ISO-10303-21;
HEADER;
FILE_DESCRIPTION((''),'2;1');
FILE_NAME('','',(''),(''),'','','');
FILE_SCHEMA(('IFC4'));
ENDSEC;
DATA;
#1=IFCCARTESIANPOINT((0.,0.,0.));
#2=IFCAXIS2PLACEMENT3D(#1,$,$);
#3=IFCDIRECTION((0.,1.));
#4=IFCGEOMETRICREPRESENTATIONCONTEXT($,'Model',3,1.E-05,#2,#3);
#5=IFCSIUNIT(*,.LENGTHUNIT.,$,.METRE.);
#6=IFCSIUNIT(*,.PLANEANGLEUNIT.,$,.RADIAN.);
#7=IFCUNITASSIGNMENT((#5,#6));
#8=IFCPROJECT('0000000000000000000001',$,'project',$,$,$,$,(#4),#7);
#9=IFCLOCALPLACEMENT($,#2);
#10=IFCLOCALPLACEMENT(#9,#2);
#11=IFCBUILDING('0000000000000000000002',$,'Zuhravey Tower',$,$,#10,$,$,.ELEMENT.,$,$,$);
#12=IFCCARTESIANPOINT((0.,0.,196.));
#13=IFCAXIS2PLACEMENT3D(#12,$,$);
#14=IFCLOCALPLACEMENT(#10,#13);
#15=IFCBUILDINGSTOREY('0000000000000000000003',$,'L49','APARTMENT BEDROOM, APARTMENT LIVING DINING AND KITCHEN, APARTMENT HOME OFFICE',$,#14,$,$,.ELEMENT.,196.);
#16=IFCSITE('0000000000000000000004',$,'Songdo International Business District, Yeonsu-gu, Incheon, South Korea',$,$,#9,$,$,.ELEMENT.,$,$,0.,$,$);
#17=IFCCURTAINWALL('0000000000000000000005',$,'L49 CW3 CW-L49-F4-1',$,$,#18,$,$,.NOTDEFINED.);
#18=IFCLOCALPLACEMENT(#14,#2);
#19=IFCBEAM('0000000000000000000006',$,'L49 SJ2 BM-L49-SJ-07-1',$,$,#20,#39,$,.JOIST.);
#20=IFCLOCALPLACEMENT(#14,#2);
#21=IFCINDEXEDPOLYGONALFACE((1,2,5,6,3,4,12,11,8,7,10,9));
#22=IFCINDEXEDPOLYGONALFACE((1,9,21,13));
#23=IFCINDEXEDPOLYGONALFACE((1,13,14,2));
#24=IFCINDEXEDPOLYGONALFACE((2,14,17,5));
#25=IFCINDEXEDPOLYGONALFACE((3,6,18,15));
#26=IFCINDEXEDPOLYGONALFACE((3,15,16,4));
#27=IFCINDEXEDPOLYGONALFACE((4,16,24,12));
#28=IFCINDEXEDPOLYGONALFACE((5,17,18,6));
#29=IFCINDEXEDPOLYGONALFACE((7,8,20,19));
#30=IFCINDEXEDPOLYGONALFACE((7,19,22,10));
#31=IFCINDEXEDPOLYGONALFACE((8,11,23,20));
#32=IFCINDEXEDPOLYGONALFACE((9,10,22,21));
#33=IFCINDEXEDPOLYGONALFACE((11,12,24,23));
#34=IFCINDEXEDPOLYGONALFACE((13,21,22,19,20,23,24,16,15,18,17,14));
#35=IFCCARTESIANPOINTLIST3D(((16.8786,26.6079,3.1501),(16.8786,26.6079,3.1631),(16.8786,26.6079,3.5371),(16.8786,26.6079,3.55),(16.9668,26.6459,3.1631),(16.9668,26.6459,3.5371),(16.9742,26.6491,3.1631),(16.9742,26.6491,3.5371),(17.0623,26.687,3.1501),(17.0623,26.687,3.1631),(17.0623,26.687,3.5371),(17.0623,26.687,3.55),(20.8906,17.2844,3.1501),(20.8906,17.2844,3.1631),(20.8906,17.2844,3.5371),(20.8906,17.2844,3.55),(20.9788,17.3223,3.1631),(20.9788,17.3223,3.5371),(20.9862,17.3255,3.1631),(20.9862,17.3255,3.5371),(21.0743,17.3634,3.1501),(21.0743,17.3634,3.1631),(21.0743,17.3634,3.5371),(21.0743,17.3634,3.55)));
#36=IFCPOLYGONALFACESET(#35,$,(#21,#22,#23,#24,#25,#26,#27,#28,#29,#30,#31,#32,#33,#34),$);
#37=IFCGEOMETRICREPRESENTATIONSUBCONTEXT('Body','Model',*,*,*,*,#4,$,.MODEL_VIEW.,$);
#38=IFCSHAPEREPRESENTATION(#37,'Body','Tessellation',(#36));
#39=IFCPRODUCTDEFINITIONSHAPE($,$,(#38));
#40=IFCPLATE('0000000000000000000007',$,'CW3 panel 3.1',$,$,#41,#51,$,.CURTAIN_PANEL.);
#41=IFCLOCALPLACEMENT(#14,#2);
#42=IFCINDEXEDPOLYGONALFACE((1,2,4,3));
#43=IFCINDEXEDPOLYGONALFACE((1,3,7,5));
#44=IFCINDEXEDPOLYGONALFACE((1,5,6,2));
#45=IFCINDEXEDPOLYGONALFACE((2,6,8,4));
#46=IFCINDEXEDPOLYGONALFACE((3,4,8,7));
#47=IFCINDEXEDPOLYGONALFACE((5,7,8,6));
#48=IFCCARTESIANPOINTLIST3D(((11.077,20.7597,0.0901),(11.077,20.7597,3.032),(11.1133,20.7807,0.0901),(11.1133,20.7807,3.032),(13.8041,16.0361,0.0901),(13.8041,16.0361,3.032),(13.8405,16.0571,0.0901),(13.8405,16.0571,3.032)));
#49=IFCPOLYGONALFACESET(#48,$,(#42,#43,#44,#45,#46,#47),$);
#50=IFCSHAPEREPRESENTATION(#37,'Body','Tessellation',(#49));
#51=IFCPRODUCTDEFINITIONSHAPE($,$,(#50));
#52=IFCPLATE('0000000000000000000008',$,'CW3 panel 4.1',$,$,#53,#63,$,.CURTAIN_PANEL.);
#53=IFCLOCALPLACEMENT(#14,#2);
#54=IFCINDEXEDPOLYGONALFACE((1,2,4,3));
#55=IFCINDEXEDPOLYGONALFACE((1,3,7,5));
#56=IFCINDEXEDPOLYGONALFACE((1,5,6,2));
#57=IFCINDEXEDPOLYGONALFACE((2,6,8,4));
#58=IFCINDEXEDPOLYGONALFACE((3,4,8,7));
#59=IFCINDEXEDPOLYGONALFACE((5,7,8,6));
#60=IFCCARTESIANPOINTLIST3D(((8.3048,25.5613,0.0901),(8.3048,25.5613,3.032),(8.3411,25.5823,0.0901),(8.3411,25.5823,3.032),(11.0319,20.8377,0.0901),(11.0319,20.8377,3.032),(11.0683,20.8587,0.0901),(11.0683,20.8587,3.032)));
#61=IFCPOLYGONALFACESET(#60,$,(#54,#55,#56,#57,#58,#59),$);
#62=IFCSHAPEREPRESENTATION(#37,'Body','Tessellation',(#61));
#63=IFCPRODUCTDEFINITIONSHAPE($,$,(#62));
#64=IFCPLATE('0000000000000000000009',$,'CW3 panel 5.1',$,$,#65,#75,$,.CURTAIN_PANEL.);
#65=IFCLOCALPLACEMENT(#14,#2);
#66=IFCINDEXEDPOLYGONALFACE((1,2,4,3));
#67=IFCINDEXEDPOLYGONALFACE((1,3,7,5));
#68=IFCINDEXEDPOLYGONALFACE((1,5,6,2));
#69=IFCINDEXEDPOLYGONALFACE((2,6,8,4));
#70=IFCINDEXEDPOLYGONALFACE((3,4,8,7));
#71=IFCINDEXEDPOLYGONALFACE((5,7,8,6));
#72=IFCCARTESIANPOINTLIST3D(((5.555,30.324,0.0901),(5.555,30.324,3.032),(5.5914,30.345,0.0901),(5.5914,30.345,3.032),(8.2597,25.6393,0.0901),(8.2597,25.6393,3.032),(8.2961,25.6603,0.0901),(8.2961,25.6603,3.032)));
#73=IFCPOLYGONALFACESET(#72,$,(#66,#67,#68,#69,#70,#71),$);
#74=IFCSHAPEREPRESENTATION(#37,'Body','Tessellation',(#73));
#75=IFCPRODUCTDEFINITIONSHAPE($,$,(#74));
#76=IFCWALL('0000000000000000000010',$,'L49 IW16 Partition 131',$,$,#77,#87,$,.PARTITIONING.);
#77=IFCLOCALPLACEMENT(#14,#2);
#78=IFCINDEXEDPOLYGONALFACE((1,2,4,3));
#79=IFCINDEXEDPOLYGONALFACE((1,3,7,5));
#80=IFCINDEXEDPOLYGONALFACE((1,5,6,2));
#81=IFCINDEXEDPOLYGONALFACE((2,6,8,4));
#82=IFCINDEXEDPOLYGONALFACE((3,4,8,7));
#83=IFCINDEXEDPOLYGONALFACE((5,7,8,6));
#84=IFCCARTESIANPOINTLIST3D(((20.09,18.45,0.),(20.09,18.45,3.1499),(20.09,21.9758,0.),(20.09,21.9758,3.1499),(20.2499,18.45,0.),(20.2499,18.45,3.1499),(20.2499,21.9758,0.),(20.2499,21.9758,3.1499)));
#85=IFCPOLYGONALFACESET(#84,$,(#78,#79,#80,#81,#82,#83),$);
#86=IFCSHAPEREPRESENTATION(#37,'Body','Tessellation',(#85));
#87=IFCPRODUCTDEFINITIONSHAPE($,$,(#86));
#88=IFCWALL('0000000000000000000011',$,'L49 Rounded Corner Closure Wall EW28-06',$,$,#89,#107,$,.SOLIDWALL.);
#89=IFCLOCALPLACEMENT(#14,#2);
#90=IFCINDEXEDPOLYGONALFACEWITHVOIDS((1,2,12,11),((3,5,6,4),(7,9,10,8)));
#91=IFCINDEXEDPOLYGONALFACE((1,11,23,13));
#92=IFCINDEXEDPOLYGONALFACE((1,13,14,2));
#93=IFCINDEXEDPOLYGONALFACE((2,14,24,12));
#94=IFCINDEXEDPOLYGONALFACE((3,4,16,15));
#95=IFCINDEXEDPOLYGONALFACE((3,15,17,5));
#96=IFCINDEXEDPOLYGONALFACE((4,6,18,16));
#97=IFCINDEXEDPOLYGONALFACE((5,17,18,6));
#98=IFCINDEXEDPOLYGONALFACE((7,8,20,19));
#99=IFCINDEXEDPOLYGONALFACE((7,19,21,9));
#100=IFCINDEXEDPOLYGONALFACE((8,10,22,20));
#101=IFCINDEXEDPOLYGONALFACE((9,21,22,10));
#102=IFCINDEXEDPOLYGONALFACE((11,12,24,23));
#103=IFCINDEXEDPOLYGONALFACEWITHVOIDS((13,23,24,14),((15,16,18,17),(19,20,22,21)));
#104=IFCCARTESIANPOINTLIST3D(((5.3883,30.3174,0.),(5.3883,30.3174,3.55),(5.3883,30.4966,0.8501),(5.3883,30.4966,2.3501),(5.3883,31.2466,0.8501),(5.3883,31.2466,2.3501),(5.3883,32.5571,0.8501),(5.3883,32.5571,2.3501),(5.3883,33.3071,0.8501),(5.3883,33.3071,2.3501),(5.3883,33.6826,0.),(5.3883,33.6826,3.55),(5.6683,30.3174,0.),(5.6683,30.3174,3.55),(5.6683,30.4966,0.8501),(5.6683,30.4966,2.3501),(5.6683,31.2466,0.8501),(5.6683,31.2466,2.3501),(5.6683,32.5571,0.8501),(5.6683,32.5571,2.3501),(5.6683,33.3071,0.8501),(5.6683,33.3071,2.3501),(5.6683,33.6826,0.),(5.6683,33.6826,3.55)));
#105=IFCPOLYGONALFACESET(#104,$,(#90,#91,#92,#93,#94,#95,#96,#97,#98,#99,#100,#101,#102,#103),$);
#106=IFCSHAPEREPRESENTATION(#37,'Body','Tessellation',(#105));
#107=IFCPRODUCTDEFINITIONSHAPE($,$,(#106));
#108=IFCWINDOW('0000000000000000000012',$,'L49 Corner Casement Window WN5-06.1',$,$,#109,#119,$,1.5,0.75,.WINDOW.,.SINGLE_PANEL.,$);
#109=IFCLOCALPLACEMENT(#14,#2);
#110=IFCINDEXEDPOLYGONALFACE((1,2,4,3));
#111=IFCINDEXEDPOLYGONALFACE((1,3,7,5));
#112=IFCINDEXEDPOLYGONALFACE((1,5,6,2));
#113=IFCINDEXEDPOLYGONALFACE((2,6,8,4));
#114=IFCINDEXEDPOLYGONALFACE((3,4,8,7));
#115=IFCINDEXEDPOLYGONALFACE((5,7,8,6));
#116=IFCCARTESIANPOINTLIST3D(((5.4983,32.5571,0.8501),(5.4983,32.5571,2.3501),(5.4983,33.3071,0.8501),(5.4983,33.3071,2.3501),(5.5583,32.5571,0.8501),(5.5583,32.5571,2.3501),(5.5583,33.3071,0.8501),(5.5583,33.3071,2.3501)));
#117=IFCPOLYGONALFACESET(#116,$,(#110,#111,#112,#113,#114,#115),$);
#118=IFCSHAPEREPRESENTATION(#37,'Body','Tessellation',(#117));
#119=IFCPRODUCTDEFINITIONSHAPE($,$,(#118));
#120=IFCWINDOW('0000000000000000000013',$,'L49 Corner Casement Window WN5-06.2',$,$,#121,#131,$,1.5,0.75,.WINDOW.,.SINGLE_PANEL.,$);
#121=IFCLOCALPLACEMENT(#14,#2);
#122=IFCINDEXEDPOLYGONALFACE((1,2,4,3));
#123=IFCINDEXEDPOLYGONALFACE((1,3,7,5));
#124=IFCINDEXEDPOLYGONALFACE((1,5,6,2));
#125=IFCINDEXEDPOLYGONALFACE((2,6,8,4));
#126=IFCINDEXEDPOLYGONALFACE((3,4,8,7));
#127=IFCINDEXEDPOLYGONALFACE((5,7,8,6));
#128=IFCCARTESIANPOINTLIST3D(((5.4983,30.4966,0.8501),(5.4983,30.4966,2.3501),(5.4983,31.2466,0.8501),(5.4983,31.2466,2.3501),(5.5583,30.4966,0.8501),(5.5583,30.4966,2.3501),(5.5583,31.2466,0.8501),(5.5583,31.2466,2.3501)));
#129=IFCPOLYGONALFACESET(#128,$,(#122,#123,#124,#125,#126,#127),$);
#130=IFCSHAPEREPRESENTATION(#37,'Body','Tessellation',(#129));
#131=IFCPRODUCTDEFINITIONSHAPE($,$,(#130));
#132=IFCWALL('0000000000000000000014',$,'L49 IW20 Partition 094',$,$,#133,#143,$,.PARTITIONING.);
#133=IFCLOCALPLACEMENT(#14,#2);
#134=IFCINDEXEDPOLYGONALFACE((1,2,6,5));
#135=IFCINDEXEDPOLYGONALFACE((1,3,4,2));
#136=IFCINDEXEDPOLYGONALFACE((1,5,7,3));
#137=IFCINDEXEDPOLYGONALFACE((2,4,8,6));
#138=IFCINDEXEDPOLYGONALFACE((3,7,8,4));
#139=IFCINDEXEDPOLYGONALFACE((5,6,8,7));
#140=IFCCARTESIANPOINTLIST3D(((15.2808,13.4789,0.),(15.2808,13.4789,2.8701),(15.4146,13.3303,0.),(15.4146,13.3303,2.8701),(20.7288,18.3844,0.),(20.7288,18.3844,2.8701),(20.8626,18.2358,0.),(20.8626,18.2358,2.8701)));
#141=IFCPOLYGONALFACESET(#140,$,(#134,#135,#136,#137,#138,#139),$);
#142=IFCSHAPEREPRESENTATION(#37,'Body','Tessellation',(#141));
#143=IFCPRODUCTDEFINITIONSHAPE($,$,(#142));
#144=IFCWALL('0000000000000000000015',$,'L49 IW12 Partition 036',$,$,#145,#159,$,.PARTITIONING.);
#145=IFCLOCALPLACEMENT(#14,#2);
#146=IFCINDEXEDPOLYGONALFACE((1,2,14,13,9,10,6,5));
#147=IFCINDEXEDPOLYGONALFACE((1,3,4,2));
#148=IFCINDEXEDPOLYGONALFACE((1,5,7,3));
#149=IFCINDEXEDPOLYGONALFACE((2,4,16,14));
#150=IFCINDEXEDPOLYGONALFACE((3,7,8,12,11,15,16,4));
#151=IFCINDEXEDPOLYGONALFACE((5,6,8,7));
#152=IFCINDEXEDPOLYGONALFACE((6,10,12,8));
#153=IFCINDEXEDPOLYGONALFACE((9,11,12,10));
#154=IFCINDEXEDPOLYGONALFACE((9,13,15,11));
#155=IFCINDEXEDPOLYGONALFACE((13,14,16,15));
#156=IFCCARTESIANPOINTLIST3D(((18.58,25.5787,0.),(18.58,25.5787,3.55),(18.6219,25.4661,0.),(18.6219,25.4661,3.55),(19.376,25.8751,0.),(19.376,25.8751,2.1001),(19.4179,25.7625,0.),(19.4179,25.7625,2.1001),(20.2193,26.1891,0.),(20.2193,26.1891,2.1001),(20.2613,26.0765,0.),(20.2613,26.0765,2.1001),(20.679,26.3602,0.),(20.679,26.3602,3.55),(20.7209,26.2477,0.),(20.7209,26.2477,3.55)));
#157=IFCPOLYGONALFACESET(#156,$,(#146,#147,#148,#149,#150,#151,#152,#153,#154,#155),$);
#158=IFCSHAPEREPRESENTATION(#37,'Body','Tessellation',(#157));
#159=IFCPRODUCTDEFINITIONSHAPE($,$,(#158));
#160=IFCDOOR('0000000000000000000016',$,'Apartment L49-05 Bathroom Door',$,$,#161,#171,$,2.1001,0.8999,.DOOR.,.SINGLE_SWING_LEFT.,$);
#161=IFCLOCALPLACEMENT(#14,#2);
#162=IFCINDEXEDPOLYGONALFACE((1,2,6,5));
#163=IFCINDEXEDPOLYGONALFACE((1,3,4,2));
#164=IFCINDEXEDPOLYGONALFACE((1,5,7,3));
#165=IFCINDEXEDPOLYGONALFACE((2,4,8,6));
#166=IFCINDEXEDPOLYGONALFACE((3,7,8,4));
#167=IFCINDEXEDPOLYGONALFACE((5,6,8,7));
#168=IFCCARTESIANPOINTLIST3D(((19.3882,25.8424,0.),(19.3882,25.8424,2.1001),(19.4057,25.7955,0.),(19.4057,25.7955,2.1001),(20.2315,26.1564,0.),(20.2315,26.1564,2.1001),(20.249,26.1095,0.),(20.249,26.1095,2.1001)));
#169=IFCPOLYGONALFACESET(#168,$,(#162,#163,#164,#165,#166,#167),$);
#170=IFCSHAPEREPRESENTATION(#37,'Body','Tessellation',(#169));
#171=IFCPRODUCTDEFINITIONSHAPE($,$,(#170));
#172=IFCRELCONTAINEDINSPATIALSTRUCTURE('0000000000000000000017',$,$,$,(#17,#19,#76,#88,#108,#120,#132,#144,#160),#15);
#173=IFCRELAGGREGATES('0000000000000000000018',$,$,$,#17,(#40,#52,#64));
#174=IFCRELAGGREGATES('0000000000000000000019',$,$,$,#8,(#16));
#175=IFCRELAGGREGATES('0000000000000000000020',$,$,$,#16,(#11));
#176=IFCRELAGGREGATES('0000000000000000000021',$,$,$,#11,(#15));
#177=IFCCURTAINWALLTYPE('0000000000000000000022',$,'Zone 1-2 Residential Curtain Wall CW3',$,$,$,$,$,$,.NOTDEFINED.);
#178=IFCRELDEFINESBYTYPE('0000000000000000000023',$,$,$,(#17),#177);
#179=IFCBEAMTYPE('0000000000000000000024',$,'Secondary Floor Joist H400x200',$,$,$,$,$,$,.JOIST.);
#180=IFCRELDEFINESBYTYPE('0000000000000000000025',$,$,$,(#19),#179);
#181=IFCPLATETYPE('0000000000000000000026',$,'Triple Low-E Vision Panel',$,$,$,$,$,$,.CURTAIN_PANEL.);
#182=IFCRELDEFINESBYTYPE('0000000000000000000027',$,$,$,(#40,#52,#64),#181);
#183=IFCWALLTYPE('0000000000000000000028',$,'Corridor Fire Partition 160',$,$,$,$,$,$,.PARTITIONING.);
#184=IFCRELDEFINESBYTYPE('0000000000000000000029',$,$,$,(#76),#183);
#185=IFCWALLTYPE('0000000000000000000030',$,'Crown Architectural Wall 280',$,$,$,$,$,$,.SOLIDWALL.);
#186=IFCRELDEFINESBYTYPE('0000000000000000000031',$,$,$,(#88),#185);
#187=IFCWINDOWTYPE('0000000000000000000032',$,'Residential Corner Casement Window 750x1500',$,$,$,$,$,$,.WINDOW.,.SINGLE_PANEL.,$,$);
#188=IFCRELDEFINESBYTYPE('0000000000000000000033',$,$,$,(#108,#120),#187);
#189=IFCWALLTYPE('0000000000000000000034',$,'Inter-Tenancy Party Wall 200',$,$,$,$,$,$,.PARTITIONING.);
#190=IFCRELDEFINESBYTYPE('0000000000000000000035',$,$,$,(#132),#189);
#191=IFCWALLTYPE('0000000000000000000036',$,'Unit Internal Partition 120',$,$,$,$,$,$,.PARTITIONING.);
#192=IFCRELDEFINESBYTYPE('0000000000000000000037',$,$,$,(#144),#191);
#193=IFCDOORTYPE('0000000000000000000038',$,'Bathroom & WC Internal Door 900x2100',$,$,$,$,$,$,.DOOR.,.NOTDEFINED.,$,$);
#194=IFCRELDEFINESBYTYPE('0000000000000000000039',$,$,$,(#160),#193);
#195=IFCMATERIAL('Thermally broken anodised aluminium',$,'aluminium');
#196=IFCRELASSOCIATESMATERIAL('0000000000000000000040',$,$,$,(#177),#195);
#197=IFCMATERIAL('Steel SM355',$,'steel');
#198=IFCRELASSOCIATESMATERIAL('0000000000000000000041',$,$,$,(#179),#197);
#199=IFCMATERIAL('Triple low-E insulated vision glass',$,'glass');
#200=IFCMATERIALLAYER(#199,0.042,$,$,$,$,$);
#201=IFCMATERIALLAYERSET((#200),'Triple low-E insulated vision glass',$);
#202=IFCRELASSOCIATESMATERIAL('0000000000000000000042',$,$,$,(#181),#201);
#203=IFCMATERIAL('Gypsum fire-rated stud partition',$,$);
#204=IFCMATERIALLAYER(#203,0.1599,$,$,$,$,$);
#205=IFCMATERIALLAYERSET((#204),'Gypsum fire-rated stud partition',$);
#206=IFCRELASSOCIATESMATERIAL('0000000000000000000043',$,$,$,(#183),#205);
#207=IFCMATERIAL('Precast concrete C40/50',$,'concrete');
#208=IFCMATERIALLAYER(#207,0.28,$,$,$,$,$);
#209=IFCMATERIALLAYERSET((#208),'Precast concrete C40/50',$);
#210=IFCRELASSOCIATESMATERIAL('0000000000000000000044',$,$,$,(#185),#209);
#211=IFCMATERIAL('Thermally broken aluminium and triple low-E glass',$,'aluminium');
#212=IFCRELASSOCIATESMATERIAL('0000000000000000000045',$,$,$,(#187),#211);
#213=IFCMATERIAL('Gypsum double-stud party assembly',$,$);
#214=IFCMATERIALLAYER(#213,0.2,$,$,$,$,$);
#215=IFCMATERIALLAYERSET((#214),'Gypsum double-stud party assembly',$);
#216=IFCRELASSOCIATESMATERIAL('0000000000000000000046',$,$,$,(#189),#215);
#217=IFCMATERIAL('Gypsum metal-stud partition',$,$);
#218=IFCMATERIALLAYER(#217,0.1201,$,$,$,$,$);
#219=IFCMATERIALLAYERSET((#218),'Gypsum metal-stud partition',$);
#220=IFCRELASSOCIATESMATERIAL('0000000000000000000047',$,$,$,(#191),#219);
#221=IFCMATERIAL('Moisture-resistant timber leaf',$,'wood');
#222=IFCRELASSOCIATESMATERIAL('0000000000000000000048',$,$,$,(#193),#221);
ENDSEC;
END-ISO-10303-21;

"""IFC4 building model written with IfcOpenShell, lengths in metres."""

from ifc_helpers import new_model, si_unit, direction, frame, frame_2d, origin, origin_2d, place, context, subcontext, project, spatial, rectangle, i_section, extrude, material, layer, layer_set, material_profile, profile_set, type_object, element, fill, aggregate, save


model = new_model("IFC4")

# Units and contexts
model_context = context("Model", 3, precision=1e-05, world=origin(), true_north=direction((0.0, 1.0)))
body_context = subcontext(model_context, "Body", "Model", "MODEL_VIEW")
ifc_project = project(units=[si_unit("LENGTHUNIT", "METRE"), si_unit("PLANEANGLEUNIT", "RADIAN")], contexts=[model_context])

# Site, building, storey
site_placement = place(None, origin())
site = spatial("IfcSite", under=ifc_project, at=site_placement, Name="Songdo International Business District, Yeonsu-gu, Incheon, South Korea", CompositionType="ELEMENT", RefElevation=0.0)
building_placement = place(site_placement, origin())
building = spatial("IfcBuilding", under=site, at=building_placement, Name="Zuhravey Tower", CompositionType="ELEMENT")
storey_placement = place(building_placement, frame((0.0, 0.0, 196.0)))
storey = spatial("IfcBuildingStorey", under=building, at=storey_placement, Name="L49", Description="APARTMENT BEDROOM, APARTMENT LIVING DINING AND KITCHEN, APARTMENT HOME OFFICE", CompositionType="ELEMENT", Elevation=196.0)

# Curtain wall
ifc_material_1 = material(Name="Thermally broken anodised aluminium", Category="aluminium")
curtain_wall_type = type_object("IfcCurtainWallType", Name="Zone 1-2 Residential Curtain Wall CW3", PredefinedType="NOTDEFINED", material=ifc_material_1)
curtain_wall_placement = place(storey_placement, origin())
curtain_wall = element("IfcCurtainWall", 1, at=curtain_wall_placement, inside=storey, type_object=curtain_wall_type, Name="L49 CW3 CW-L49-F4-1", PredefinedType="NOTDEFINED")

# Beam
ifc_material_2 = material(Name="Steel SM355", Category="steel")
ifc_material_profile_1 = material_profile(ifc_material_2, i_section(OverallWidth=0.2, OverallDepth=0.3999, WebThickness=0.0081, FlangeThickness=0.0129, at=origin_2d()), Name="H-400x200x8x13")
ifc_profile_set_1 = profile_set([ifc_material_profile_1], Name="Steel SM355")
beam_type_1 = type_object("IfcBeamType", Name="Secondary Floor Joist H400x200", PredefinedType="JOIST", material=ifc_profile_set_1)
beam_1_placement = place(storey_placement, frame((16.9705, 26.6475, 3.3501), z_axis=(0.395266, -0.918567, 0.0), x_axis=(0.918567, 0.395266, 0.0)))
element("IfcBeam", 2, at=beam_1_placement, inside=storey, type_object=beam_type_1, Name="L49 SJ2 BM-L49-SJ-07-1", PredefinedType="JOIST", context=body_context, shape_type="SweptSolid", body=[
    extrude(i_section(OverallWidth=0.2, OverallDepth=0.3999, WebThickness=0.0081, FlangeThickness=0.0129, at=origin_2d()), origin(), (0.0, 0.0, 1.0), 10.1501),
])

# Plates
ifc_material_3 = material(Name="Triple low-E insulated vision glass", Category="glass")
ifc_layer_1 = layer(ifc_material_3, 0.042)
ifc_layer_set_1 = layer_set([ifc_layer_1], Name="Triple low-E insulated vision glass")
plate_type = type_object("IfcPlateType", Name="Triple Low-E Vision Panel", PredefinedType="CURTAIN_PANEL", material=ifc_layer_set_1)
plate_1_placement = place(storey_placement, frame((12.4587, 18.4084, 0.0901), z_axis=(0.0, 0.0, 1.0), x_axis=(-0.5, 0.866025, 0.0)))
plate_1 = element("IfcPlate", 3, at=plate_1_placement, type_object=plate_type, Name="CW3 panel 3.1", PredefinedType="CURTAIN_PANEL", context=body_context, shape_type="SweptSolid", body=[
    extrude(rectangle(XDim=5.4543, YDim=0.042, at=origin_2d()), origin(), (0.0, 0.0, 1.0), 2.9419),
])
plate_2_placement = place(storey_placement, frame((9.6865, 23.21, 0.0901), z_axis=(0.0, 0.0, 1.0), x_axis=(-0.5, 0.866025, 0.0)))
plate_2 = element("IfcPlate", 4, at=plate_2_placement, type_object=plate_type, Name="CW3 panel 4.1", PredefinedType="CURTAIN_PANEL", context=body_context, shape_type="SweptSolid", body=[
    extrude(rectangle(XDim=5.4543, YDim=0.042, at=origin_2d()), origin(), (0.0, 0.0, 1.0), 2.9419),
])
plate_3_placement = place(storey_placement, frame((6.9255, 27.9922, 0.0901), z_axis=(0.0, 0.0, 1.0), x_axis=(-0.5, 0.866025, 0.0)))
plate_3 = element("IfcPlate", 5, at=plate_3_placement, type_object=plate_type, Name="CW3 panel 5.1", PredefinedType="CURTAIN_PANEL", context=body_context, shape_type="SweptSolid", body=[
    extrude(rectangle(XDim=5.4094, YDim=0.042, at=origin_2d()), origin(), (0.0, 0.0, 1.0), 2.9419),
])
aggregate(curtain_wall, [plate_1, plate_2, plate_3])

# Shared definitions
ifc_material_4 = material(Name="Gypsum fire-rated stud partition")
ifc_layer_2 = layer(ifc_material_4, 0.1599)
ifc_layer_set_2 = layer_set([ifc_layer_2], Name="Gypsum fire-rated stud partition")
wall_type_1 = type_object("IfcWallType", Name="Corridor Fire Partition 160", PredefinedType="PARTITIONING", material=ifc_layer_set_2)

# Wall
wall_1_placement = place(storey_placement, frame((20.1699, 21.9758, 0.0), z_axis=(0.0, 0.0, 1.0), x_axis=(0.0, -1.0, 0.0)))
element("IfcWall", 6, at=wall_1_placement, inside=storey, type_object=wall_type_1, Name="L49 IW16 Partition 131", PredefinedType="PARTITIONING", context=body_context, shape_type="SweptSolid", body=[
    extrude(rectangle(XDim=3.5259, YDim=0.1599, at=frame_2d((1.7629, 0.0))), origin(), (0.0, 0.0, 1.0), 3.1499),
])

# Wall, openings, windows
ifc_material_5 = material(Name="Precast concrete C40/50", Category="concrete")
ifc_layer_3 = layer(ifc_material_5, 0.28)
ifc_layer_set_3 = layer_set([ifc_layer_3], Name="Precast concrete C40/50")
wall_type_2 = type_object("IfcWallType", Name="Crown Architectural Wall 280", PredefinedType="SOLIDWALL", material=ifc_layer_set_3)
wall_2_placement = place(storey_placement, frame((5.5283, 30.3174, 0.0), z_axis=(0.0, 0.0, 1.0), x_axis=(0.0, 1.0, 0.0)))
wall_2 = element("IfcWall", 7, at=wall_2_placement, inside=storey, type_object=wall_type_2, Name="L49 Rounded Corner Closure Wall EW28-06", PredefinedType="SOLIDWALL", context=body_context, shape_type="SweptSolid", body=[
    extrude(rectangle(XDim=3.3652, YDim=0.28, at=frame_2d((1.6826, 0.0))), origin(), (0.0, 0.0, 1.0), 3.55),
])
opening_1_placement = place(wall_2_placement, frame((2.2397, 0.0, 0.8501)))
opening_1 = element("IfcOpeningElement", 8, at=opening_1_placement, cuts=wall_2, PredefinedType="OPENING", context=body_context, shape_type="SweptSolid", body=[
    extrude(rectangle(XDim=0.75, YDim=1.5, at=frame_2d((0.375, 0.75))), frame((0.0, 0.1521, 0.0), z_axis=(0.0, -1.0, 0.0), x_axis=(1.0, 0.0, 0.0)), (0.0, 0.0, 1.0), 0.304),
])
opening_2_placement = place(wall_2_placement, frame((0.1792, 0.0, 0.8501)))
opening_2 = element("IfcOpeningElement", 9, at=opening_2_placement, cuts=wall_2, PredefinedType="OPENING", context=body_context, shape_type="SweptSolid", body=[
    extrude(rectangle(XDim=0.75, YDim=1.5, at=frame_2d((0.375, 0.75))), frame((0.0, 0.1521, 0.0), z_axis=(0.0, -1.0, 0.0), x_axis=(1.0, 0.0, 0.0)), (0.0, 0.0, 1.0), 0.304),
])
ifc_material_6 = material(Name="Thermally broken aluminium and triple low-E glass", Category="aluminium")
window_type = type_object("IfcWindowType", Name="Residential Corner Casement Window 750x1500", PartitioningType="SINGLE_PANEL", PredefinedType="WINDOW", material=ifc_material_6)
window_1_placement = place(opening_1_placement, origin())
window_1 = element("IfcWindow", 10, at=window_1_placement, inside=storey, type_object=window_type, Name="L49 Corner Casement Window WN5-06.1", OverallHeight=1.5, OverallWidth=0.75, PartitioningType="SINGLE_PANEL", PredefinedType="WINDOW", context=body_context, shape_type="SweptSolid", body=[
    extrude(rectangle(XDim=0.75, YDim=1.5, at=frame_2d((0.375, 0.75))), frame((0.0, 0.03, 0.0), z_axis=(0.0, -1.0, 0.0), x_axis=(1.0, 0.0, 0.0)), (0.0, 0.0, 1.0), 0.0601),
])
fill(opening_1, window_1)
window_2_placement = place(opening_2_placement, origin())
window_2 = element("IfcWindow", 11, at=window_2_placement, inside=storey, type_object=window_type, Name="L49 Corner Casement Window WN5-06.2", OverallHeight=1.5, OverallWidth=0.75, PartitioningType="SINGLE_PANEL", PredefinedType="WINDOW", context=body_context, shape_type="SweptSolid", body=[
    extrude(rectangle(XDim=0.75, YDim=1.5, at=frame_2d((0.375, 0.75))), frame((0.0, 0.03, 0.0), z_axis=(0.0, -1.0, 0.0), x_axis=(1.0, 0.0, 0.0)), (0.0, 0.0, 1.0), 0.0601),
])
fill(opening_2, window_2)

# Wall
ifc_material_7 = material(Name="Gypsum double-stud party assembly")
ifc_layer_4 = layer(ifc_material_7, 0.2)
ifc_layer_set_4 = layer_set([ifc_layer_4], Name="Gypsum double-stud party assembly")
wall_type_3 = type_object("IfcWallType", Name="Inter-Tenancy Party Wall 200", PredefinedType="PARTITIONING", material=ifc_layer_set_4)
wall_3_placement = place(storey_placement, frame((20.7957, 18.3101, 0.0), z_axis=(0.0, 0.0, 1.0), x_axis=(-0.743137, -0.66914, 0.0)))
element("IfcWall", 12, at=wall_3_placement, inside=storey, type_object=wall_type_3, Name="L49 IW20 Partition 094", PredefinedType="PARTITIONING", context=body_context, shape_type="SweptSolid", body=[
    extrude(rectangle(XDim=7.3311, YDim=0.2, at=frame_2d((3.6655, 0.0))), origin(), (0.0, 0.0, 1.0), 2.8701),
])

# Wall, opening, door
ifc_material_8 = material(Name="Gypsum metal-stud partition")
ifc_layer_5 = layer(ifc_material_8, 0.1201)
ifc_layer_set_5 = layer_set([ifc_layer_5], Name="Gypsum metal-stud partition")
wall_type_4 = type_object("IfcWallType", Name="Unit Internal Partition 120", PredefinedType="PARTITIONING", material=ifc_layer_set_5)
wall_4_placement = place(storey_placement, frame((20.7, 26.304, 0.0), z_axis=(0.0, 0.0, 1.0), x_axis=(-0.937146, -0.348936, 0.0)))
wall_4 = element("IfcWall", 13, at=wall_4_placement, inside=storey, type_object=wall_type_4, Name="L49 IW12 Partition 036", PredefinedType="PARTITIONING", context=body_context, shape_type="SweptSolid", body=[
    extrude(rectangle(XDim=2.2397, YDim=0.1201, at=frame_2d((1.1199, 0.0))), origin(), (0.0, 0.0, 1.0), 3.55),
])
opening_3_placement = place(wall_4_placement, frame((0.4905, 0.0, 0.0)))
opening_3 = element("IfcOpeningElement", 14, at=opening_3_placement, cuts=wall_4, PredefinedType="OPENING", context=body_context, shape_type="SweptSolid", body=[
    extrude(rectangle(XDim=0.8999, YDim=2.1001, at=frame_2d((0.45, 1.05))), frame((0.0, 0.072, 0.0), z_axis=(0.0, -1.0, 0.0), x_axis=(1.0, 0.0, 0.0)), (0.0, 0.0, 1.0), 0.144),
])
ifc_material_9 = material(Name="Moisture-resistant timber leaf", Category="wood")
door_type_1 = type_object("IfcDoorType", Name="Bathroom & WC Internal Door 900x2100", OperationType="NOTDEFINED", PredefinedType="DOOR", material=ifc_material_9)
door_1_placement = place(opening_3_placement, origin())
door_1 = element("IfcDoor", 15, at=door_1_placement, inside=storey, type_object=door_type_1, Name="Apartment L49-05 Bathroom Door", OperationType="SINGLE_SWING_LEFT", OverallHeight=2.1001, OverallWidth=0.8999, PredefinedType="DOOR", context=body_context, shape_type="SweptSolid", body=[
    extrude(rectangle(XDim=0.8999, YDim=2.1001, at=frame_2d((0.45, 1.05))), frame((0.0, 0.0249, 0.0), z_axis=(0.0, -1.0, 0.0), x_axis=(1.0, 0.0, 0.0)), (0.0, 0.0, 1.0), 0.05),
])
fill(opening_3, door_1)

save(model, "model.ifc")
